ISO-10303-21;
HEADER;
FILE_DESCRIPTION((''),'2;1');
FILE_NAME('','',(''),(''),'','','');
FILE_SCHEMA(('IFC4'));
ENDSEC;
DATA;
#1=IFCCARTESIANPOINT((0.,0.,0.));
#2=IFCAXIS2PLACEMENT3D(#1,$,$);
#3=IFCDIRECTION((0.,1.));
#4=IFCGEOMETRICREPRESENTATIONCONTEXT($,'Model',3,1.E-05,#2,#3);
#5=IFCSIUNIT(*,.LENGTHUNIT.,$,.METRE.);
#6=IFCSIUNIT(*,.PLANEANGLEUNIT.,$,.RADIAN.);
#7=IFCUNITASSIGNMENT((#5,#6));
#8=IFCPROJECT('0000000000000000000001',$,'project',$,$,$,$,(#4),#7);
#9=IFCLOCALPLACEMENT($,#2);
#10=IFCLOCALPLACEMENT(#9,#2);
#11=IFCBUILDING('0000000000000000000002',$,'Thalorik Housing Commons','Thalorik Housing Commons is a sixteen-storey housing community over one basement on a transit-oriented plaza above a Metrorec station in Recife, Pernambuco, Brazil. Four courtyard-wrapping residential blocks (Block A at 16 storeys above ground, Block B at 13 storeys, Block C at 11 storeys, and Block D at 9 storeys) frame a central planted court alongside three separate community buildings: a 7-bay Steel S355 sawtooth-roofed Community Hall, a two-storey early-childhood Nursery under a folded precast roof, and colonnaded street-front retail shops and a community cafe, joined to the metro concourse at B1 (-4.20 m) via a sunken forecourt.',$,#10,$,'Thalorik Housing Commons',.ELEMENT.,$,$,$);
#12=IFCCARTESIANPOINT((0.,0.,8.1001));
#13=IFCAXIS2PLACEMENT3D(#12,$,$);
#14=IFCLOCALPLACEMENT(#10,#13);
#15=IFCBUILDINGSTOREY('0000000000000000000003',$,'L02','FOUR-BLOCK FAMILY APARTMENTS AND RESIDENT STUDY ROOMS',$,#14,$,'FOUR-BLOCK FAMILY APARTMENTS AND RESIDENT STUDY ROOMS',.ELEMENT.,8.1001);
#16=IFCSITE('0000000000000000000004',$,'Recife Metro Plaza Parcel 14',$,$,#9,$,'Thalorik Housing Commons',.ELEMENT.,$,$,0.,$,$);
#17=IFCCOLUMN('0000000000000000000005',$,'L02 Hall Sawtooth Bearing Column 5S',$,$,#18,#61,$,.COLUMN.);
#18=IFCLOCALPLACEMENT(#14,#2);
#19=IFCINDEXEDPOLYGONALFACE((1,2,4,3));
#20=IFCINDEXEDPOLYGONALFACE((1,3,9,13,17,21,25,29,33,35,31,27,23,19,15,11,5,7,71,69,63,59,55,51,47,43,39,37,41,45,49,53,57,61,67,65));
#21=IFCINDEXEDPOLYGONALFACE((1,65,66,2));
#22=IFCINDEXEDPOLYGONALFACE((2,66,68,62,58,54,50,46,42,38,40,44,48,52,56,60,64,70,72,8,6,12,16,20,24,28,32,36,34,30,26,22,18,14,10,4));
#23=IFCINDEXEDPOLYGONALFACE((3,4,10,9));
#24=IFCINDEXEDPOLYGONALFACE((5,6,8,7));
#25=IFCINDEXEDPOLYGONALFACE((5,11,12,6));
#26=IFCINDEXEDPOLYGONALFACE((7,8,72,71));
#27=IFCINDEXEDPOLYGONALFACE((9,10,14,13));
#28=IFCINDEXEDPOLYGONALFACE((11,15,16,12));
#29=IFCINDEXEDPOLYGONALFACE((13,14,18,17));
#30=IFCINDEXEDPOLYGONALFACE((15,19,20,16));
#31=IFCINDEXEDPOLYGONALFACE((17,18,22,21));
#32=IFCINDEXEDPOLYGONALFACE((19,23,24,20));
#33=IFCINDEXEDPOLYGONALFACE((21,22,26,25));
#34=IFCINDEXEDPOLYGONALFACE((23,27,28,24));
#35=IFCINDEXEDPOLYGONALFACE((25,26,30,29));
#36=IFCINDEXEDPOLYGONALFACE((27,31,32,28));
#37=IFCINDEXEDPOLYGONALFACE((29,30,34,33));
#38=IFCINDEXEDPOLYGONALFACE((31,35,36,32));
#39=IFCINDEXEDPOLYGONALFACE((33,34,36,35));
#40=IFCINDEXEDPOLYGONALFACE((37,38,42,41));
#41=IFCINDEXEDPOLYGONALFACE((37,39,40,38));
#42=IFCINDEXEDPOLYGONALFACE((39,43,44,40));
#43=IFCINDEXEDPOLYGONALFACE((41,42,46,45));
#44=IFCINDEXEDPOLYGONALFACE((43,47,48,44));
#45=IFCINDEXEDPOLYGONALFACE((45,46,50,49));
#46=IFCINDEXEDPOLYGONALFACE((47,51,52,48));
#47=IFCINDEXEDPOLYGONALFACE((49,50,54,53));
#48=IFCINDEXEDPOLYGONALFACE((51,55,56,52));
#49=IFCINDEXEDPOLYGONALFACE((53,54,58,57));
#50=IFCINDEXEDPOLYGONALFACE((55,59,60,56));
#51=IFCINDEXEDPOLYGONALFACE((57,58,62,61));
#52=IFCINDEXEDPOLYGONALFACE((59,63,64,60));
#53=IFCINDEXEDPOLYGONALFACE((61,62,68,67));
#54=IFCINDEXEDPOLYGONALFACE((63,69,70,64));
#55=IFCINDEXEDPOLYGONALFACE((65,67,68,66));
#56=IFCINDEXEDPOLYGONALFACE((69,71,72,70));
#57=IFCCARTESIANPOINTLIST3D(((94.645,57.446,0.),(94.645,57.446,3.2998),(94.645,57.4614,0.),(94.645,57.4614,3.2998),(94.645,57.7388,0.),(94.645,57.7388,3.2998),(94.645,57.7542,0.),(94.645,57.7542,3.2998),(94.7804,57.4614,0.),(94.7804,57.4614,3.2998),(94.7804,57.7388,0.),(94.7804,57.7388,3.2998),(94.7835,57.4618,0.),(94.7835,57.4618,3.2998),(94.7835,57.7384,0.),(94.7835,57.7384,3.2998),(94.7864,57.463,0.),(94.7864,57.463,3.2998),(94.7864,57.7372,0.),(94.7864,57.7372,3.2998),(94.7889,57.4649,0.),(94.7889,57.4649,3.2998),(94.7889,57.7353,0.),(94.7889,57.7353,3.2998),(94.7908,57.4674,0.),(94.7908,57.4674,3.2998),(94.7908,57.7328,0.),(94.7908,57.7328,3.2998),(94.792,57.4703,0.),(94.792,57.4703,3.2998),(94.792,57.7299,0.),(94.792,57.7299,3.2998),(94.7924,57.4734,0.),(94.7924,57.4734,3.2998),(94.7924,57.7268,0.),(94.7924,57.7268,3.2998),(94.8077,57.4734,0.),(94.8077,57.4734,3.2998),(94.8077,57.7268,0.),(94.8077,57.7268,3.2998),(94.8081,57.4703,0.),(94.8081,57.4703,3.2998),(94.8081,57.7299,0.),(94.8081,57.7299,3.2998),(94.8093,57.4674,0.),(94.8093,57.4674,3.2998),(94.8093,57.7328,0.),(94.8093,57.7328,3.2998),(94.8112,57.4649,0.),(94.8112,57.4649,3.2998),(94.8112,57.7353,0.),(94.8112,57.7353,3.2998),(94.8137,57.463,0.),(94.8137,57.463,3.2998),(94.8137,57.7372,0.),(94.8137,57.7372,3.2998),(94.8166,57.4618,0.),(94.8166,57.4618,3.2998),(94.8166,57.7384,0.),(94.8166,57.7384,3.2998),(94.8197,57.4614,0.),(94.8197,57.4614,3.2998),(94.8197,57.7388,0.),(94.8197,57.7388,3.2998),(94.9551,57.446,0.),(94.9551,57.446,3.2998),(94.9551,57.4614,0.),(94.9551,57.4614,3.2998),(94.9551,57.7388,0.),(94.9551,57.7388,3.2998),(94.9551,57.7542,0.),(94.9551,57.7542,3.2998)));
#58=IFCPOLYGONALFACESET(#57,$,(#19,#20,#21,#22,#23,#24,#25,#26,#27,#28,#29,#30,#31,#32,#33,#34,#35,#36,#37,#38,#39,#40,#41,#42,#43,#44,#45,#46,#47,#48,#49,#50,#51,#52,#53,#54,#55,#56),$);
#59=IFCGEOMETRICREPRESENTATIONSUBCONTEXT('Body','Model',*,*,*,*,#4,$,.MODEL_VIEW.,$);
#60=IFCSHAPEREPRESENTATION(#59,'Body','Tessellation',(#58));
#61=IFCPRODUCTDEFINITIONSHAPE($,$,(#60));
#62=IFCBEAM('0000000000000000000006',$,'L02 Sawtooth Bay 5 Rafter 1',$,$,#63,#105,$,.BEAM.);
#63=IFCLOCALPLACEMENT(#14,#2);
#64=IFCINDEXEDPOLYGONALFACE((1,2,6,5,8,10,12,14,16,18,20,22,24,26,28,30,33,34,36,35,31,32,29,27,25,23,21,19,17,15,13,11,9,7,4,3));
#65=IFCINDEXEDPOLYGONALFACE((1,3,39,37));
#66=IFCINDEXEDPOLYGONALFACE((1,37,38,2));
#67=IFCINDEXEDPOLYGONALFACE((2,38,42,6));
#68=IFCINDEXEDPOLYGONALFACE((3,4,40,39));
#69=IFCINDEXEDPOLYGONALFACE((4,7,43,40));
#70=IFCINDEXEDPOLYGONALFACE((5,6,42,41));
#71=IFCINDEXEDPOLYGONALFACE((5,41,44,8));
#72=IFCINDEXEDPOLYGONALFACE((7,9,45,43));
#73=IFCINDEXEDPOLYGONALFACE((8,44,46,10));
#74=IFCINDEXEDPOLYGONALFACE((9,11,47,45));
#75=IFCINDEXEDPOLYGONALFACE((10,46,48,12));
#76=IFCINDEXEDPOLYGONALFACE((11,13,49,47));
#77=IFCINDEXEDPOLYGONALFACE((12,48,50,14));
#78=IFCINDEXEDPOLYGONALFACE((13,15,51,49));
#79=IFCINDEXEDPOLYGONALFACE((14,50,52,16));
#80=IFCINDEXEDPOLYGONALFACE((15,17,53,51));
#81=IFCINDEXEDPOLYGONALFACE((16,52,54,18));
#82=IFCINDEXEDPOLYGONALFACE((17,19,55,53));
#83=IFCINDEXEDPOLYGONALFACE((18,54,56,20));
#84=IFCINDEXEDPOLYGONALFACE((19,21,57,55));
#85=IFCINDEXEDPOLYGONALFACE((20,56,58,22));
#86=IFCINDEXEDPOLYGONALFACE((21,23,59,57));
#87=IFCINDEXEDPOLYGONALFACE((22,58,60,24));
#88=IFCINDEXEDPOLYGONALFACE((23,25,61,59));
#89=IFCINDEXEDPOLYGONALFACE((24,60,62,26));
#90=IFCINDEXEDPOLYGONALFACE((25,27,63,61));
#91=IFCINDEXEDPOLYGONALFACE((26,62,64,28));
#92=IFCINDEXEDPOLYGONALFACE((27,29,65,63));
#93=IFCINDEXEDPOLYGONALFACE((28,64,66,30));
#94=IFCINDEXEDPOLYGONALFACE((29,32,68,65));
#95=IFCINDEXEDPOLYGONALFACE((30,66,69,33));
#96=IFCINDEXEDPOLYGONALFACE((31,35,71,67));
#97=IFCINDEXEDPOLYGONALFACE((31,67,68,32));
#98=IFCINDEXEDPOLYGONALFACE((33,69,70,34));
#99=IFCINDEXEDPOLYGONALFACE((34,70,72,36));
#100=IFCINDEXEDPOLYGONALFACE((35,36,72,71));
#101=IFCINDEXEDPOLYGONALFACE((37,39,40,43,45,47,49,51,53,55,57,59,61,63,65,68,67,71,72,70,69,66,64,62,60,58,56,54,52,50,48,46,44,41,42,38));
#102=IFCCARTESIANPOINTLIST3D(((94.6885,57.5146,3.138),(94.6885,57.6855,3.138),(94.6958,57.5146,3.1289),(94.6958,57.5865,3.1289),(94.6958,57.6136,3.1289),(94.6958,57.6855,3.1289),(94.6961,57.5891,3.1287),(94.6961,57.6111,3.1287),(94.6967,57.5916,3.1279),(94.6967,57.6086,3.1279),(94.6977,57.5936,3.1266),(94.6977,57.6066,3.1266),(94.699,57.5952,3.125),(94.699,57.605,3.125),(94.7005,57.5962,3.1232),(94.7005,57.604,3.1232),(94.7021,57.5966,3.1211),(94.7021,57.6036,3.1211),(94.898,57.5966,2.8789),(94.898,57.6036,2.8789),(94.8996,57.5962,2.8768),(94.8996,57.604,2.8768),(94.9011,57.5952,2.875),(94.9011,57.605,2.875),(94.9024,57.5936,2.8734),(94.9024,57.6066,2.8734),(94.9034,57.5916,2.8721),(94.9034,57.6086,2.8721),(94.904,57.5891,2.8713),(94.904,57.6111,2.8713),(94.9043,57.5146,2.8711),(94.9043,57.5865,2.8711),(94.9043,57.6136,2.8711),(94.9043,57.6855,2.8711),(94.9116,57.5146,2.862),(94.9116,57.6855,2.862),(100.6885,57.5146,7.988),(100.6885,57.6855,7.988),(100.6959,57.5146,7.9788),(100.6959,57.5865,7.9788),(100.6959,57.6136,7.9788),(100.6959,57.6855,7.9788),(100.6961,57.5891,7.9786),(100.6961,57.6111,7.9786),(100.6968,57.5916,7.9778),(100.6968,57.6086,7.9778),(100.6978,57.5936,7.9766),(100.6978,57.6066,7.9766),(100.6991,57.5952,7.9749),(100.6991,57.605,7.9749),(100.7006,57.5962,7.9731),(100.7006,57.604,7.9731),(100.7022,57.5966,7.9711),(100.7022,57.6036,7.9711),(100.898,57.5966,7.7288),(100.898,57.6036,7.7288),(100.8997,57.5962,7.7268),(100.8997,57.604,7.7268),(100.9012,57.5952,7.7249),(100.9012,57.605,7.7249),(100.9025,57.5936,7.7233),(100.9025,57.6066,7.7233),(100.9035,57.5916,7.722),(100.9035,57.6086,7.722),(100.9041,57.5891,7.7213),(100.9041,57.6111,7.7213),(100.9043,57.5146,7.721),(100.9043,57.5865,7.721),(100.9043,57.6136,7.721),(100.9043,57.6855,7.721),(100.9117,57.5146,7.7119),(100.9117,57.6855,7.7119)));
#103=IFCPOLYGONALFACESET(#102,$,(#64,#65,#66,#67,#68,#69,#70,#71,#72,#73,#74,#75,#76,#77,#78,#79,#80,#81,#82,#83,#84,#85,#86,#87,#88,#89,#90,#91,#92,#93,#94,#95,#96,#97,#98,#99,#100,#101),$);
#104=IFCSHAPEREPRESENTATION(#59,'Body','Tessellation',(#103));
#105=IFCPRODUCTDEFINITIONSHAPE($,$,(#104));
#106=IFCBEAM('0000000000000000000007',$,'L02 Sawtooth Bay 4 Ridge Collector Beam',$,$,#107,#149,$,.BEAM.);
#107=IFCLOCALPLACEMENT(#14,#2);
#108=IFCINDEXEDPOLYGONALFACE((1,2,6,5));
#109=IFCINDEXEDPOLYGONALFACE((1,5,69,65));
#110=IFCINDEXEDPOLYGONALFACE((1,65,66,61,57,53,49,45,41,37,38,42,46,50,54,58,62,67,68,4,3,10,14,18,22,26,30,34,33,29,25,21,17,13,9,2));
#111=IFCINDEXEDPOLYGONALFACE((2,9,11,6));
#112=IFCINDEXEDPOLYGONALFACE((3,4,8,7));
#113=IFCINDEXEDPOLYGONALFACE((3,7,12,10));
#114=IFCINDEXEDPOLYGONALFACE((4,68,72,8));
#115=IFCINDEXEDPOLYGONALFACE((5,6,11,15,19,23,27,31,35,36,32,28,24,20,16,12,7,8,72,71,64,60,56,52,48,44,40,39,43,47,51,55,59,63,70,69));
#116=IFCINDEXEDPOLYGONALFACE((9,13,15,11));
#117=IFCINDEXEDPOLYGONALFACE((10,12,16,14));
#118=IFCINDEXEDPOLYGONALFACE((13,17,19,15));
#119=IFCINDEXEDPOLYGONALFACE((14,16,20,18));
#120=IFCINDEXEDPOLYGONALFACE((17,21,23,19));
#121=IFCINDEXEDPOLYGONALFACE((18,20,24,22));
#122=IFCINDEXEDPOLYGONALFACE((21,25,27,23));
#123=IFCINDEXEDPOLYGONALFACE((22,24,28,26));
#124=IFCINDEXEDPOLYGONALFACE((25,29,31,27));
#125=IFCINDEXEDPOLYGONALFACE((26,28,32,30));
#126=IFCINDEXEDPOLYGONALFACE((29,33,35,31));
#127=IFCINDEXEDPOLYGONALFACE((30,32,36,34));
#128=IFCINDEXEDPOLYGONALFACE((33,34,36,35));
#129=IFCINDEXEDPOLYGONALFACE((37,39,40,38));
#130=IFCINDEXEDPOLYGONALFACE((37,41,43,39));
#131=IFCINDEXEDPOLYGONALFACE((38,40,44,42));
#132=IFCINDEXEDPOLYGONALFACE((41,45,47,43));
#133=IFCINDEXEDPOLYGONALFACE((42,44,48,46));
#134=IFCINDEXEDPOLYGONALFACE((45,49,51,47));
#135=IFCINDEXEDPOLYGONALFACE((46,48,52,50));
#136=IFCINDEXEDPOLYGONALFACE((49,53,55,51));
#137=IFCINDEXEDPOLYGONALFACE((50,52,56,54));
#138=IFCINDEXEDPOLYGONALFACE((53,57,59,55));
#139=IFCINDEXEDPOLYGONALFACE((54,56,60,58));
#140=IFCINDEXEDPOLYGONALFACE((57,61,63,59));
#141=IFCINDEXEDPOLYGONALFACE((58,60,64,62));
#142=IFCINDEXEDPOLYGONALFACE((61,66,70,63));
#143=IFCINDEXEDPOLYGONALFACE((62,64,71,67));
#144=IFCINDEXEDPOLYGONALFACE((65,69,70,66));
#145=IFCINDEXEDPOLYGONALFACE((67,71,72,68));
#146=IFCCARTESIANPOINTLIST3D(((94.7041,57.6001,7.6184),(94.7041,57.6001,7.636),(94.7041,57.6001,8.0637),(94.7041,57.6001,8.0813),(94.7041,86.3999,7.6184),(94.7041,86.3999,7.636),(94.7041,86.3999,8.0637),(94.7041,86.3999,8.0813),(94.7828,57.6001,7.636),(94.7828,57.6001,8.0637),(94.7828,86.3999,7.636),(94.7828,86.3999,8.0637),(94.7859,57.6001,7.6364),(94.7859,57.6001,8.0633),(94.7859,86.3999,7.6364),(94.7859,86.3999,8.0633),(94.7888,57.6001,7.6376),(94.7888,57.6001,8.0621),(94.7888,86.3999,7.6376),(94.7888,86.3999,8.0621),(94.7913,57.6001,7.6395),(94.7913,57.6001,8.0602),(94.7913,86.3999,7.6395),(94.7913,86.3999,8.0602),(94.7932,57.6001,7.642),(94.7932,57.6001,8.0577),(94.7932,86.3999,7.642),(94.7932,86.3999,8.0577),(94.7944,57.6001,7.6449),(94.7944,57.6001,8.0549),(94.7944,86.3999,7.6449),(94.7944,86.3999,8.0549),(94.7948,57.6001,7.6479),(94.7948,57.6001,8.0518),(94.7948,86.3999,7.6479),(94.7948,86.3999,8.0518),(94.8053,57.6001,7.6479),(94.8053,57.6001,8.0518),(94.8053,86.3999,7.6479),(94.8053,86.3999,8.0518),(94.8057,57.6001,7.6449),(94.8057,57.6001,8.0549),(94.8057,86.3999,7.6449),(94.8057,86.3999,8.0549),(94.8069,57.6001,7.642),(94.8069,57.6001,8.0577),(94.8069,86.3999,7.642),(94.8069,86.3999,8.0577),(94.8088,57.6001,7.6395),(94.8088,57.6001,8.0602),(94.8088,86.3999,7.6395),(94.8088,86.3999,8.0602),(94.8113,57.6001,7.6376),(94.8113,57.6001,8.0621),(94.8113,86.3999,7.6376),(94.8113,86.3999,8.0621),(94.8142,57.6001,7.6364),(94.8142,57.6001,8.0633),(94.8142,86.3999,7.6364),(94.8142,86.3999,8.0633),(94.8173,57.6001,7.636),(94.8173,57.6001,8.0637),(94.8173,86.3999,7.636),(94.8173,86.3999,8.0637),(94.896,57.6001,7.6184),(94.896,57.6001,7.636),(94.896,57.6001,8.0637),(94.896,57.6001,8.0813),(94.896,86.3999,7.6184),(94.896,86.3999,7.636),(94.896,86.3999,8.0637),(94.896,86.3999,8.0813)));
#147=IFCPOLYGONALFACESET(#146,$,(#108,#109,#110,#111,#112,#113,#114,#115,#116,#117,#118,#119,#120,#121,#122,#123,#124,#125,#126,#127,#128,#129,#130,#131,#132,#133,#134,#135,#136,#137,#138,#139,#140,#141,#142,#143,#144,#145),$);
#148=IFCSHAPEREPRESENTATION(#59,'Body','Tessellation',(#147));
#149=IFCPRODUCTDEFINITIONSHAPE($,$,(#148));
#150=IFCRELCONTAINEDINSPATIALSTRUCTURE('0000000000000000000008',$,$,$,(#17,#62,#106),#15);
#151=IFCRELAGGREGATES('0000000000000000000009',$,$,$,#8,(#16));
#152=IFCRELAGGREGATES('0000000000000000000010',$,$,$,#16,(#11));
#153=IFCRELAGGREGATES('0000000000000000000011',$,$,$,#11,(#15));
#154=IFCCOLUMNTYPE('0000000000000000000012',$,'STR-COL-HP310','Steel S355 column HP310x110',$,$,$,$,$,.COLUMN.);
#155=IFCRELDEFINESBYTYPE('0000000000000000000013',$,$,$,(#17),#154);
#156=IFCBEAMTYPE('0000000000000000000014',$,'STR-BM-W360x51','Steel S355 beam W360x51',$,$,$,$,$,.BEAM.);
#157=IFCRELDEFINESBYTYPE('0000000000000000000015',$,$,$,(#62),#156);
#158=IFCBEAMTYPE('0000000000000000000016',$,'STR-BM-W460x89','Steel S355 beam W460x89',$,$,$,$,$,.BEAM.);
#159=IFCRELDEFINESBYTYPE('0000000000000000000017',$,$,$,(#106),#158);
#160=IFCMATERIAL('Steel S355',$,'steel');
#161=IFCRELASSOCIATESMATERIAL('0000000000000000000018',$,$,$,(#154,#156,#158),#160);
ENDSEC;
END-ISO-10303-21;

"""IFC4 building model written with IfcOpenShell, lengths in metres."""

from ifc_helpers import new_model, si_unit, direction, frame, origin, origin_2d, place, context, subcontext, project, spatial, i_section, extrude, material, material_profile, profile_set, type_object, element, save


model = new_model("IFC4")

# Units and contexts
model_context = context("Model", 3, precision=1e-05, world=origin(), true_north=direction((0.0, 1.0)))
body_context = subcontext(model_context, "Body", "Model", "MODEL_VIEW")
ifc_project = project(units=[si_unit("LENGTHUNIT", "METRE"), si_unit("PLANEANGLEUNIT", "RADIAN")], contexts=[model_context])

# Site, building, storey
site_placement = place(None, origin())
site = spatial("IfcSite", under=ifc_project, at=site_placement, Name="Recife Metro Plaza Parcel 14", LongName="Thalorik Housing Commons", CompositionType="ELEMENT", RefElevation=0.0)
building_placement = place(site_placement, origin())
building = spatial("IfcBuilding", under=site, at=building_placement, Name="Thalorik Housing Commons", Description="Thalorik Housing Commons is a sixteen-storey housing community over one basement on a transit-oriented plaza above a Metrorec station in Recife, Pernambuco, Brazil. Four courtyard-wrapping residential blocks (Block A at 16 storeys above ground, Block B at 13 storeys, Block C at 11 storeys, and Block D at 9 storeys) frame a central planted court alongside three separate community buildings: a 7-bay Steel S355 sawtooth-roofed Community Hall, a two-storey early-childhood Nursery under a folded precast roof, and colonnaded street-front retail shops and a community cafe, joined to the metro concourse at B1 (-4.20 m) via a sunken forecourt.", LongName="Thalorik Housing Commons", CompositionType="ELEMENT")
storey_placement = place(building_placement, frame((0.0, 0.0, 8.1001)))
storey = spatial("IfcBuildingStorey", under=building, at=storey_placement, Name="L02", Description="FOUR-BLOCK FAMILY APARTMENTS AND RESIDENT STUDY ROOMS", LongName="FOUR-BLOCK FAMILY APARTMENTS AND RESIDENT STUDY ROOMS", CompositionType="ELEMENT", Elevation=8.1001)

# Column
ifc_material_1 = material(Name="Steel S355", Category="steel")
ifc_material_profile_1 = material_profile(ifc_material_1, i_section(OverallWidth=0.3101, OverallDepth=0.3081, WebThickness=0.0154, FlangeThickness=0.0154, FilletRadius=0.012, at=origin_2d()), Name="HP310x110", Category="steel")
ifc_profile_set_1 = profile_set([ifc_material_profile_1], Name="Steel S355")
column_type = type_object("IfcColumnType", Name="STR-COL-HP310", Description="Steel S355 column HP310x110", PredefinedType="COLUMN", material=ifc_profile_set_1)
column_placement = place(storey_placement, frame((94.8, 57.6001, 0.0), z_axis=(0.0, 0.0, 1.0), x_axis=(1.0, 0.0, 0.0)))
element("IfcColumn", 1, at=column_placement, inside=storey, type_object=column_type, Name="L02 Hall Sawtooth Bearing Column 5S", PredefinedType="COLUMN", context=body_context, shape_type="SweptSolid", body=[
    extrude(i_section(OverallWidth=0.3101, OverallDepth=0.3081, WebThickness=0.0154, FlangeThickness=0.0154, FilletRadius=0.012, at=origin_2d()), origin(), (0.0, 0.0, 1.0), 3.2998),
])

# Beams
ifc_material_profile_2 = material_profile(ifc_material_1, i_section(OverallWidth=0.1709, OverallDepth=0.355, WebThickness=0.0071, FlangeThickness=0.0117, FilletRadius=0.01, at=origin_2d()), Name="W360x51", Category="steel")
ifc_profile_set_2 = profile_set([ifc_material_profile_2], Name="Steel S355")
beam_type_1 = type_object("IfcBeamType", Name="STR-BM-W360x51", Description="Steel S355 beam W360x51", PredefinedType="BEAM", material=ifc_profile_set_2)
beam_1_placement = place(storey_placement, frame((94.8, 57.6001, 3.0), z_axis=(0.777707, 0.0, 0.628627), x_axis=(0.0, 1.0, 0.0)))
element("IfcBeam", 2, at=beam_1_placement, inside=storey, type_object=beam_type_1, Name="L02 Sawtooth Bay 5 Rafter 1", PredefinedType="BEAM", context=body_context, shape_type="SweptSolid", body=[
    extrude(i_section(OverallWidth=0.1709, OverallDepth=0.355, WebThickness=0.0071, FlangeThickness=0.0117, FilletRadius=0.01, at=origin_2d()), origin(), (0.0, 0.0, 1.0), 7.7151),
])
ifc_material_profile_3 = material_profile(ifc_material_1, i_section(OverallWidth=0.1919, OverallDepth=0.4629, WebThickness=0.0105, FlangeThickness=0.0176, FilletRadius=0.012, at=origin_2d()), Name="W460x89", Category="steel")
ifc_profile_set_3 = profile_set([ifc_material_profile_3], Name="Steel S355")
beam_type_2 = type_object("IfcBeamType", Name="STR-BM-W460x89", Description="Steel S355 beam W460x89", PredefinedType="BEAM", material=ifc_profile_set_3)
beam_2_placement = place(storey_placement, frame((94.8, 57.6001, 7.8499), z_axis=(0.0, 1.0, 0.0), x_axis=(-1.0, 0.0, 0.0)))
element("IfcBeam", 3, at=beam_2_placement, inside=storey, type_object=beam_type_2, Name="L02 Sawtooth Bay 4 Ridge Collector Beam", PredefinedType="BEAM", context=body_context, shape_type="SweptSolid", body=[
    extrude(i_section(OverallWidth=0.1919, OverallDepth=0.4629, WebThickness=0.0105, FlangeThickness=0.0176, FilletRadius=0.012, at=origin_2d()), origin(), (0.0, 0.0, 1.0), 28.7998),
])

save(model, "model.ifc")
